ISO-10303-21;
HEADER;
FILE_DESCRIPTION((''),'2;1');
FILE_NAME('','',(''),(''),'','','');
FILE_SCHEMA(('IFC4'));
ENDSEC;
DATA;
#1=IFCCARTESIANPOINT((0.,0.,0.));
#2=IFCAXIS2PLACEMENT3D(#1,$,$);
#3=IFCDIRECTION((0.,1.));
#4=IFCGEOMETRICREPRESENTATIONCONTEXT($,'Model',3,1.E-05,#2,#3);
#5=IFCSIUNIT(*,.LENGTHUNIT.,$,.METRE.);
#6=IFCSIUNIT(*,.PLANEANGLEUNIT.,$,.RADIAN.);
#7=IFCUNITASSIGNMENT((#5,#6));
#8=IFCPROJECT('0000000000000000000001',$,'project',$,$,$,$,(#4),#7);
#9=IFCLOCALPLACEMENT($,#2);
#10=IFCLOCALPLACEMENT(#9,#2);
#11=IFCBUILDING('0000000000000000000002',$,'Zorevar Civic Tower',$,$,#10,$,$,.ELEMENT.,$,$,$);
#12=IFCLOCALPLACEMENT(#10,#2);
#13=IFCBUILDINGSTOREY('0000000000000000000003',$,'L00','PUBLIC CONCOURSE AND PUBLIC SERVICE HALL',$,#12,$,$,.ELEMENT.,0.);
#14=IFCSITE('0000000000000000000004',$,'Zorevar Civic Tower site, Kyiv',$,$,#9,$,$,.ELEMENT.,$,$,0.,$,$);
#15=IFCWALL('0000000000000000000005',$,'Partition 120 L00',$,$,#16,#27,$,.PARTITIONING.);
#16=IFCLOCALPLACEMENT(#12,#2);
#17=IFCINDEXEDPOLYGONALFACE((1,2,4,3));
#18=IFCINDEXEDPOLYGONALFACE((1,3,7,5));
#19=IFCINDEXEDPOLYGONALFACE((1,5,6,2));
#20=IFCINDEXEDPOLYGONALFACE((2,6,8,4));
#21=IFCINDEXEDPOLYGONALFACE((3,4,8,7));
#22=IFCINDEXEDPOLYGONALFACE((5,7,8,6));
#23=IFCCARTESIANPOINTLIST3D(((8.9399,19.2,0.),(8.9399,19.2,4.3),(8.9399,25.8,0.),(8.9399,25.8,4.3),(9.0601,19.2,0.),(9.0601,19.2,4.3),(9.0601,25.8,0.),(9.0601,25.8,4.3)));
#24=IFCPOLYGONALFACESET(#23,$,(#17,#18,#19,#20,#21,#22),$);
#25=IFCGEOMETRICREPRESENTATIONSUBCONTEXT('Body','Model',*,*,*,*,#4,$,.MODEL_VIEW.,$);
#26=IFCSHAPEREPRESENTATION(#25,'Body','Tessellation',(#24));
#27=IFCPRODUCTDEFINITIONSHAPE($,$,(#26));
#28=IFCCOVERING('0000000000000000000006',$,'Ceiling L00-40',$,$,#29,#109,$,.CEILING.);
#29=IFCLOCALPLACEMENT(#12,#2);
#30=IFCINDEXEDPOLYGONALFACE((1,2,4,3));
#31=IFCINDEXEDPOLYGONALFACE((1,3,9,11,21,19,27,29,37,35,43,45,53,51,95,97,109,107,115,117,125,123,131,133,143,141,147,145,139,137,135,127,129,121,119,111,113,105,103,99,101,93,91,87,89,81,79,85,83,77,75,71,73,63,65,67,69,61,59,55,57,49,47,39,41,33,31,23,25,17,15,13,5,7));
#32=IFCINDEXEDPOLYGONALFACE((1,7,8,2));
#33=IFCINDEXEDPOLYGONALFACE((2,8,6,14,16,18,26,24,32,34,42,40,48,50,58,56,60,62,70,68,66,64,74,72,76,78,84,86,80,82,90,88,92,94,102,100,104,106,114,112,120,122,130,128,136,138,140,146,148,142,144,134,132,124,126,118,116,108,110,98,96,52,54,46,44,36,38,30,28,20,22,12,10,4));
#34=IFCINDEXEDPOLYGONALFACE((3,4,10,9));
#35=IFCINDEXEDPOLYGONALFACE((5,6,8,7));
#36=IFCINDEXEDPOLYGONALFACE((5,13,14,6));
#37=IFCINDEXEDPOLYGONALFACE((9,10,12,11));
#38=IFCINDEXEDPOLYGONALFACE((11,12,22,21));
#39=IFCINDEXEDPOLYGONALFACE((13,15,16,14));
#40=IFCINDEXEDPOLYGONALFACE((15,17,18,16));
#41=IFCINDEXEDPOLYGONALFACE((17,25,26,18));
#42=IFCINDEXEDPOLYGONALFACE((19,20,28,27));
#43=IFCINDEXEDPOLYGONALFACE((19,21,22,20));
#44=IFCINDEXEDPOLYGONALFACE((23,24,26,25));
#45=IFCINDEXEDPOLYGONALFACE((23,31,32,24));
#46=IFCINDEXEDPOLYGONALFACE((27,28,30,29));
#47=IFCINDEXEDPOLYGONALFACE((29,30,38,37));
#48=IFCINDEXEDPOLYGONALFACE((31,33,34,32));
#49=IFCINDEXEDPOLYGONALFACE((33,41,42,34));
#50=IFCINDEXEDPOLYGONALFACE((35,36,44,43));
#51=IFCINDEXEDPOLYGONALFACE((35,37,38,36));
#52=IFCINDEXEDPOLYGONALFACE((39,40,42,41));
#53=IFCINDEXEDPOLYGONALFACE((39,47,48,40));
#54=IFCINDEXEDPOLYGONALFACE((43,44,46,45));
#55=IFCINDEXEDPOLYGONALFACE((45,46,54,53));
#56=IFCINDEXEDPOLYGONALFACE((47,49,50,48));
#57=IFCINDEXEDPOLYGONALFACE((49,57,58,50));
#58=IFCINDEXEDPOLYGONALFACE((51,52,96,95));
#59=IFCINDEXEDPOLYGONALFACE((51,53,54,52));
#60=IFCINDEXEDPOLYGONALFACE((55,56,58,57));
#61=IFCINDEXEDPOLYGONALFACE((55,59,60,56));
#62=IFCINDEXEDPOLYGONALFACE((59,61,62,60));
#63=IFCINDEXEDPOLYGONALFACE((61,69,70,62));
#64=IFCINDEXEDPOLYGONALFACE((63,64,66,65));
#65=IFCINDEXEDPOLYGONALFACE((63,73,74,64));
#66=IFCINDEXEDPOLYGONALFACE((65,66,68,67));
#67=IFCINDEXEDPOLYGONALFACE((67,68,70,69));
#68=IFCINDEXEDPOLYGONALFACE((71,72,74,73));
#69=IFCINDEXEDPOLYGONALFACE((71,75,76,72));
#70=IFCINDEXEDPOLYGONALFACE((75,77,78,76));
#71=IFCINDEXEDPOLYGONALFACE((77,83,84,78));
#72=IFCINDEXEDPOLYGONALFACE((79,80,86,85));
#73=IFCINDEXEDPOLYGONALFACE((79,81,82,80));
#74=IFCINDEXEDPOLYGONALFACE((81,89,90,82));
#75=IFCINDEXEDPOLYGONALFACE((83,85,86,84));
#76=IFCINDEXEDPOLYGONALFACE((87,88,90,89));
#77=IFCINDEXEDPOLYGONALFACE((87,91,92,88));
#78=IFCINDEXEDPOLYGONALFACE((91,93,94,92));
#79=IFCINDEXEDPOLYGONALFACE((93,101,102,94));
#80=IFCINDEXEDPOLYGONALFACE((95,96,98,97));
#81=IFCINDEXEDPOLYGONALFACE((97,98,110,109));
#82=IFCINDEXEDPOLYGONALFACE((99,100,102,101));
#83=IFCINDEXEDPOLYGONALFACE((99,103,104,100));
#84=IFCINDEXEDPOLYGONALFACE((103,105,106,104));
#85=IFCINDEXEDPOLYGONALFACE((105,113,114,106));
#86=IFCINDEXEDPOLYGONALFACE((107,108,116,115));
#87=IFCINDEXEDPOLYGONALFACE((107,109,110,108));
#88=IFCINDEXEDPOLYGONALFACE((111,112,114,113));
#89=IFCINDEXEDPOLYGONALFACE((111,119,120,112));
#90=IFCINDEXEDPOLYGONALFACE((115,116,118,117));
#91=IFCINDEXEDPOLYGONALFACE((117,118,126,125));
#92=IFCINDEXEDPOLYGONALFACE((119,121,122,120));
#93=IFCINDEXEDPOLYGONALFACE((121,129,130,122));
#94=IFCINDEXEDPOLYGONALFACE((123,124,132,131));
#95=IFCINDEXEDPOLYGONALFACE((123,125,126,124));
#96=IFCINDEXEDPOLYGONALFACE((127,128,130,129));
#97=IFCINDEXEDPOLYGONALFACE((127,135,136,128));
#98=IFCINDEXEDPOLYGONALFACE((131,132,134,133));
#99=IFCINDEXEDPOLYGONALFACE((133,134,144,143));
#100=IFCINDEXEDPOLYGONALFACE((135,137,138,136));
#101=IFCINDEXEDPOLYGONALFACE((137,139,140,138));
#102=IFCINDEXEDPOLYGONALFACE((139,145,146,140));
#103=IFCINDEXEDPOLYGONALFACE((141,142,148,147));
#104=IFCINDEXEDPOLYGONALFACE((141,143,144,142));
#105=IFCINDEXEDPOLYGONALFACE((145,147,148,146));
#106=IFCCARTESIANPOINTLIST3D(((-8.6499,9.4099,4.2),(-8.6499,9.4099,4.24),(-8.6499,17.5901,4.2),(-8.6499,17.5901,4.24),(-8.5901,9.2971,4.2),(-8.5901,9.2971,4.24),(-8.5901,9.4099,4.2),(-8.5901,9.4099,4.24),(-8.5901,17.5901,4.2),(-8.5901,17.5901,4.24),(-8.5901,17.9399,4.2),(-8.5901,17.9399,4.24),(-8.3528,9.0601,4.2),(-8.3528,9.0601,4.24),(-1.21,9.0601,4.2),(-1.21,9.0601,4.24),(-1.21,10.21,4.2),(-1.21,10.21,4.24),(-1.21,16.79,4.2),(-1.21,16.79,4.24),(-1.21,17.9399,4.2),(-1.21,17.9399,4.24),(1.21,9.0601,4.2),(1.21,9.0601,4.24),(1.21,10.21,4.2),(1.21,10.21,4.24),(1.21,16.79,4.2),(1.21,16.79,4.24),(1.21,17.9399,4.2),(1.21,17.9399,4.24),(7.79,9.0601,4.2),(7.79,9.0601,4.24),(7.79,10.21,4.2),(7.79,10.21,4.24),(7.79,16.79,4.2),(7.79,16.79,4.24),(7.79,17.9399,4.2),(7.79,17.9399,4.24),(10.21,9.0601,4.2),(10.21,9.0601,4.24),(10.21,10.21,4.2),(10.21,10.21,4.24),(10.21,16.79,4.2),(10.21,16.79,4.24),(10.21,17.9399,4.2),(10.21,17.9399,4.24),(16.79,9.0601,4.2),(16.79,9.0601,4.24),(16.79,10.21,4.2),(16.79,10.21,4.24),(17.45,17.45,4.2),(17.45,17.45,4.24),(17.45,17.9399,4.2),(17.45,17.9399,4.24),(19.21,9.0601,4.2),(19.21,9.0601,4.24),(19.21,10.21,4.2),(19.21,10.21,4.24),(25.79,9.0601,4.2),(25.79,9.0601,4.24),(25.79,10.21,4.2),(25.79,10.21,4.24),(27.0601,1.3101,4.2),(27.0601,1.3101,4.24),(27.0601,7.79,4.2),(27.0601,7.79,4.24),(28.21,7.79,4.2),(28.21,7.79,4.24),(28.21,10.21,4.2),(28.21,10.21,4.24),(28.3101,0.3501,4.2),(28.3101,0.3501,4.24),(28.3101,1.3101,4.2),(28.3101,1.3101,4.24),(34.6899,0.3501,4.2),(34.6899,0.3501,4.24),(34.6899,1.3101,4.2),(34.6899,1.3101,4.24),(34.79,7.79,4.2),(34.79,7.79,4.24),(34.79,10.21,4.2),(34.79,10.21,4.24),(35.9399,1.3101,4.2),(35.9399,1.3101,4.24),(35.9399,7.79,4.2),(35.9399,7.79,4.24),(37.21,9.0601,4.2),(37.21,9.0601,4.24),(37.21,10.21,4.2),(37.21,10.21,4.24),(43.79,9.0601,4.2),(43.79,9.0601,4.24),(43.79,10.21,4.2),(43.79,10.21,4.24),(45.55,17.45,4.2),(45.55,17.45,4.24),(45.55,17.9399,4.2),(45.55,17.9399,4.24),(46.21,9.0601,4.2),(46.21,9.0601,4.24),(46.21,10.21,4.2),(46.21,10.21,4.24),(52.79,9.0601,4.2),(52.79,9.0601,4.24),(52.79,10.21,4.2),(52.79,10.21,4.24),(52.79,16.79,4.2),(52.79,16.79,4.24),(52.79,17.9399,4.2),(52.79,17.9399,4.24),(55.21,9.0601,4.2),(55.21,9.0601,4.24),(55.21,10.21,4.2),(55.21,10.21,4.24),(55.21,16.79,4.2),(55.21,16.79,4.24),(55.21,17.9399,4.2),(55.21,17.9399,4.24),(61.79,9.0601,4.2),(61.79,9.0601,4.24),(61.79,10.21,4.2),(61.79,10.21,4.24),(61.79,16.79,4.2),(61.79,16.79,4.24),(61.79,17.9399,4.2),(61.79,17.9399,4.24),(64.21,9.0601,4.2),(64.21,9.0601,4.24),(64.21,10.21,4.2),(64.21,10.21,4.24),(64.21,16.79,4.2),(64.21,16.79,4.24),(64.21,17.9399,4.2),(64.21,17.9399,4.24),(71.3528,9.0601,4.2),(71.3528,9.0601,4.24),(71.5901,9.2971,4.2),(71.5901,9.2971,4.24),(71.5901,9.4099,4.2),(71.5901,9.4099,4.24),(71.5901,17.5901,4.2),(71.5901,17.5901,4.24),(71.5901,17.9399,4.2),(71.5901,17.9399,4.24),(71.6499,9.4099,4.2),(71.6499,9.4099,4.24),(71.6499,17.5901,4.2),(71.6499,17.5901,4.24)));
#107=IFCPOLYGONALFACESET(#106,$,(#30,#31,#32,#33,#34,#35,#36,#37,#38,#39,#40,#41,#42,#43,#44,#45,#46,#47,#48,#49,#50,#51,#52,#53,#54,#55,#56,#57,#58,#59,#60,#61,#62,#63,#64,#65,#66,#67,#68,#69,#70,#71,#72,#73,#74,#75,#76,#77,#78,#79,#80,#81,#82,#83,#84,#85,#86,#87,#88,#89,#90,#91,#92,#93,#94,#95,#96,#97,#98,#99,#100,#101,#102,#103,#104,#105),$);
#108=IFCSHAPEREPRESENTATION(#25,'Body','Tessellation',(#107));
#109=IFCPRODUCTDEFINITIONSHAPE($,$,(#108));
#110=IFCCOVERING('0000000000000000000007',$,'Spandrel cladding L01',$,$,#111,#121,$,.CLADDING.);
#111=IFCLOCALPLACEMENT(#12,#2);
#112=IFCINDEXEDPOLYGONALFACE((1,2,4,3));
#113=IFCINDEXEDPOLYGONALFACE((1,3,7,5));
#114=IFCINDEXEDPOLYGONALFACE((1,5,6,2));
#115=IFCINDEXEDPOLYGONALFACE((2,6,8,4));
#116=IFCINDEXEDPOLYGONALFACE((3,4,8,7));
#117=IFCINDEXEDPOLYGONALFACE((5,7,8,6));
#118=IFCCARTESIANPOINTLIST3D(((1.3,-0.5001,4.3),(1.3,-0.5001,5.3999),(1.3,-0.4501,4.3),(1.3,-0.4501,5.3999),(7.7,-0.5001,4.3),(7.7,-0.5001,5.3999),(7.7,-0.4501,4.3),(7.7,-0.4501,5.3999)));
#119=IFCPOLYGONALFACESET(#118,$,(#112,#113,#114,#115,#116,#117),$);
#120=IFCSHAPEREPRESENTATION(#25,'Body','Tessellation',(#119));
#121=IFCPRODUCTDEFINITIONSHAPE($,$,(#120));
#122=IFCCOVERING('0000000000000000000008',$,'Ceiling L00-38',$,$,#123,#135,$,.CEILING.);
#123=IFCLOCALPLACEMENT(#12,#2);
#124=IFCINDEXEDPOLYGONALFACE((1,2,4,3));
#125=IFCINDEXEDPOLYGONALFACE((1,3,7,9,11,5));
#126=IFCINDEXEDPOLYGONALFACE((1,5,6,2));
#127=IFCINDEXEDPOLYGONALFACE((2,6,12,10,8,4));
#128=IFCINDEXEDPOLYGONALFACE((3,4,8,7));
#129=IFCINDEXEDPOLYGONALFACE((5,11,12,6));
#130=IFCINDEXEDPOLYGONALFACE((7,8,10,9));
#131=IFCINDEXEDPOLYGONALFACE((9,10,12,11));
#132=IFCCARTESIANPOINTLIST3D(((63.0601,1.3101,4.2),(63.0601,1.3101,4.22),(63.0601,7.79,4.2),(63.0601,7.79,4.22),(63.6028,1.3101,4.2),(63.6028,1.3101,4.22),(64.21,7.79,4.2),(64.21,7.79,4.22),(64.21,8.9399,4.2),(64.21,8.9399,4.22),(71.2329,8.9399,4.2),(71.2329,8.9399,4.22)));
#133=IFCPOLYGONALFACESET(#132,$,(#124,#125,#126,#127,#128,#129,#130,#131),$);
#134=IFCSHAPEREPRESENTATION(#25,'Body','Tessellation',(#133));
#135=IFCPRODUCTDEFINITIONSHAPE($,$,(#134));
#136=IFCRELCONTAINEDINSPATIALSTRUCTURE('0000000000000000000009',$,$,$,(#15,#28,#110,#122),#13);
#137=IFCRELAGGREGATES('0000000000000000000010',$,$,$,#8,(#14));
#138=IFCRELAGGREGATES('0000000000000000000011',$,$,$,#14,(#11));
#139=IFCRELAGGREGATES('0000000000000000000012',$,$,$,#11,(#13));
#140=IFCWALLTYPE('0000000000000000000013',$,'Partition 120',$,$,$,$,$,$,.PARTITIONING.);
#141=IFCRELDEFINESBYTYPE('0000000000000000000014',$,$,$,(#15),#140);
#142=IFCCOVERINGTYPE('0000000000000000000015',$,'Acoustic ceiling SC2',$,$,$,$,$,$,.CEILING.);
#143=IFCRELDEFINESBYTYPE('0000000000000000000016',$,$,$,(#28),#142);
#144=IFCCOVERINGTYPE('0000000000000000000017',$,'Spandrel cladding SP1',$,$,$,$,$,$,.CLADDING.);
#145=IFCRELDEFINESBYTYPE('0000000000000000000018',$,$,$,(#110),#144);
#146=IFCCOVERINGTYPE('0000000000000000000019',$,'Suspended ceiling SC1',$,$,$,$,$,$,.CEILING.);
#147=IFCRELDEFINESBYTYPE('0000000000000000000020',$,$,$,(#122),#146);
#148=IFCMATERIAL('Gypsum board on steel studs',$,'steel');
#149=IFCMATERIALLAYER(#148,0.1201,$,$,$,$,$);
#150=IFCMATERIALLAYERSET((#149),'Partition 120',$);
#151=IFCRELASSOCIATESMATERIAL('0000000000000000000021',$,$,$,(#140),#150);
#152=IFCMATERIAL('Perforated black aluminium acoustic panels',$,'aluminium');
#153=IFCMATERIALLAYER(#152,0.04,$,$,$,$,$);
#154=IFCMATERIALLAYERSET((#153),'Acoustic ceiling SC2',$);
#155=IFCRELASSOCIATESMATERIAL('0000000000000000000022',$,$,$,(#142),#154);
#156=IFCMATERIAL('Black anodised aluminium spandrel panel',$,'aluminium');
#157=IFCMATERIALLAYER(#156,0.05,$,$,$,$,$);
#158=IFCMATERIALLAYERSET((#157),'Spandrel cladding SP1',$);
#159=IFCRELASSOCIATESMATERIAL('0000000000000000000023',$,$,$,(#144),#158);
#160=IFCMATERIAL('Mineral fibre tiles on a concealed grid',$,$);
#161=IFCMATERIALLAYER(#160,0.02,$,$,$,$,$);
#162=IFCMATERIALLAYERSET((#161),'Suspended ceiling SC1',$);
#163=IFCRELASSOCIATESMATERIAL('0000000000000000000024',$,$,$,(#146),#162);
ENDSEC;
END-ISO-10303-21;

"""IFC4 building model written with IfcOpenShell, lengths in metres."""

from ifc_helpers import new_model, si_unit, direction, frame, frame_2d, origin, place, context, subcontext, project, spatial, polyline, rectangle, outline, extrude, material, layer, layer_set, type_object, element, save


model = new_model("IFC4")

# Units and contexts
model_context = context("Model", 3, precision=1e-05, world=origin(), true_north=direction((0.0, 1.0)))
body_context = subcontext(model_context, "Body", "Model", "MODEL_VIEW")
ifc_project = project(units=[si_unit("LENGTHUNIT", "METRE"), si_unit("PLANEANGLEUNIT", "RADIAN")], contexts=[model_context])

# Site, building, storey
site_placement = place(None, origin())
site = spatial("IfcSite", under=ifc_project, at=site_placement, Name="Zorevar Civic Tower site, Kyiv", CompositionType="ELEMENT", RefElevation=0.0)
building_placement = place(site_placement, origin())
building = spatial("IfcBuilding", under=site, at=building_placement, Name="Zorevar Civic Tower", CompositionType="ELEMENT")
storey_placement = place(building_placement, origin())
storey = spatial("IfcBuildingStorey", under=building, at=storey_placement, Name="L00", Description="PUBLIC CONCOURSE AND PUBLIC SERVICE HALL", CompositionType="ELEMENT", Elevation=0.0)

# Shared definitions
ifc_material_1 = material(Name="Gypsum board on steel studs", Category="steel")
ifc_layer_1 = layer(ifc_material_1, 0.1201)
ifc_layer_set_1 = layer_set([ifc_layer_1], Name="Partition 120")
wall_type = type_object("IfcWallType", Name="Partition 120", PredefinedType="PARTITIONING", material=ifc_layer_set_1)

# Wall
for number, where, z_axis, x_axis, name in (
    (1, (9.0, 19.2, 0.0), (0.0, 0.0, 1.0), (0.0, 1.0, 0.0), "Partition 120 L00"),
):
    element("IfcWall", number, at=place(storey_placement, frame(where, z_axis=z_axis, x_axis=x_axis)), inside=storey, type_object=wall_type, Name=name, PredefinedType="PARTITIONING", context=body_context, shape_type="SweptSolid", body=[
        extrude(rectangle(XDim=6.6001, YDim=0.1201, at=frame_2d((3.3, 0.0))), origin(), (0.0, 0.0, 1.0), 4.3),
    ])

# Coverings
ifc_material_2 = material(Name="Perforated black aluminium acoustic panels", Category="aluminium")
ifc_layer_2 = layer(ifc_material_2, 0.04)
ifc_layer_set_2 = layer_set([ifc_layer_2], Name="Acoustic ceiling SC2")
covering_type_1 = type_object("IfcCoveringType", Name="Acoustic ceiling SC2", PredefinedType="CEILING", material=ifc_layer_set_2)
covering_1_placement = place(storey_placement, frame((0.0, 0.0, 4.2)))
element("IfcCovering", 2, at=covering_1_placement, inside=storey, type_object=covering_type_1, Name="Ceiling L00-40", PredefinedType="CEILING", context=body_context, shape_type="SweptSolid", body=[
    extrude(outline(polyline([(71.5901, 9.2971), (71.3528, 9.0601), (64.21, 9.0601), (64.21, 10.21), (61.79, 10.21), (61.79, 9.0601), (55.21, 9.0601), (55.21, 10.21), (52.79, 10.21), (52.79, 9.0601), (46.21, 9.0601), (46.21, 10.21), (43.79, 10.21), (43.79, 9.0601), (37.21, 9.0601), (37.21, 10.21), (34.79, 10.21), (34.79, 7.79), (35.9399, 7.79), (35.9399, 1.3101), (34.6899, 1.3101), (34.6899, 0.3501), (28.3101, 0.3501), (28.3101, 1.3101), (27.0601, 1.3101), (27.0601, 7.79), (28.21, 7.79), (28.21, 10.21), (25.79, 10.21), (25.79, 9.0601), (19.21, 9.0601), (19.21, 10.21), (16.79, 10.21), (16.79, 9.0601), (10.21, 9.0601), (10.21, 10.21), (7.79, 10.21), (7.79, 9.0601), (1.21, 9.0601), (1.21, 10.21), (-1.21, 10.21), (-1.21, 9.0601), (-8.3528, 9.0601), (-8.5901, 9.2971), (-8.5901, 9.4099), (-8.6499, 9.4099), (-8.6499, 17.5901), (-8.5901, 17.5901), (-8.5901, 17.9399), (-1.21, 17.9399), (-1.21, 16.79), (1.21, 16.79), (1.21, 17.9399), (7.79, 17.9399), (7.79, 16.79), (10.21, 16.79), (10.21, 17.9399), (17.45, 17.9399), (17.45, 17.45), (45.55, 17.45), (45.55, 17.9399), (52.79, 17.9399), (52.79, 16.79), (55.21, 16.79), (55.21, 17.9399), (61.79, 17.9399), (61.79, 16.79), (64.21, 16.79), (64.21, 17.9399), (71.5901, 17.9399), (71.5901, 17.5901), (71.6499, 17.5901), (71.6499, 9.4099), (71.5901, 9.4099), (71.5901, 9.2971)])), origin(), (0.0, 0.0, 1.0), 0.04),
])
ifc_material_3 = material(Name="Black anodised aluminium spandrel panel", Category="aluminium")
ifc_layer_3 = layer(ifc_material_3, 0.05)
ifc_layer_set_3 = layer_set([ifc_layer_3], Name="Spandrel cladding SP1")
covering_type_2 = type_object("IfcCoveringType", Name="Spandrel cladding SP1", PredefinedType="CLADDING", material=ifc_layer_set_3)
covering_2_placement = place(storey_placement, frame((1.3, -0.4751, 4.3), z_axis=(0.0, 0.0, 1.0), x_axis=(1.0, 0.0, 0.0)))
element("IfcCovering", 3, at=covering_2_placement, inside=storey, type_object=covering_type_2, Name="Spandrel cladding L01", PredefinedType="CLADDING", context=body_context, shape_type="SweptSolid", body=[
    extrude(rectangle(XDim=6.3999, YDim=0.05, at=frame_2d((3.2, 0.0))), origin(), (0.0, 0.0, 1.0), 1.0999),
])
ifc_material_4 = material(Name="Mineral fibre tiles on a concealed grid")
ifc_layer_4 = layer(ifc_material_4, 0.02)
ifc_layer_set_4 = layer_set([ifc_layer_4], Name="Suspended ceiling SC1")
covering_type_3 = type_object("IfcCoveringType", Name="Suspended ceiling SC1", PredefinedType="CEILING", material=ifc_layer_set_4)
covering_3_placement = place(storey_placement, frame((0.0, 0.0, 4.2)))
element("IfcCovering", 4, at=covering_3_placement, inside=storey, type_object=covering_type_3, Name="Ceiling L00-38", PredefinedType="CEILING", context=body_context, shape_type="SweptSolid", body=[
    extrude(outline(polyline([(63.0601, 1.3101), (63.0601, 7.79), (64.21, 7.79), (64.21, 8.9399), (71.2329, 8.9399), (63.6028, 1.3101), (63.0601, 1.3101)])), origin(), (0.0, 0.0, 1.0), 0.02),
])

save(model, "model.ifc")
